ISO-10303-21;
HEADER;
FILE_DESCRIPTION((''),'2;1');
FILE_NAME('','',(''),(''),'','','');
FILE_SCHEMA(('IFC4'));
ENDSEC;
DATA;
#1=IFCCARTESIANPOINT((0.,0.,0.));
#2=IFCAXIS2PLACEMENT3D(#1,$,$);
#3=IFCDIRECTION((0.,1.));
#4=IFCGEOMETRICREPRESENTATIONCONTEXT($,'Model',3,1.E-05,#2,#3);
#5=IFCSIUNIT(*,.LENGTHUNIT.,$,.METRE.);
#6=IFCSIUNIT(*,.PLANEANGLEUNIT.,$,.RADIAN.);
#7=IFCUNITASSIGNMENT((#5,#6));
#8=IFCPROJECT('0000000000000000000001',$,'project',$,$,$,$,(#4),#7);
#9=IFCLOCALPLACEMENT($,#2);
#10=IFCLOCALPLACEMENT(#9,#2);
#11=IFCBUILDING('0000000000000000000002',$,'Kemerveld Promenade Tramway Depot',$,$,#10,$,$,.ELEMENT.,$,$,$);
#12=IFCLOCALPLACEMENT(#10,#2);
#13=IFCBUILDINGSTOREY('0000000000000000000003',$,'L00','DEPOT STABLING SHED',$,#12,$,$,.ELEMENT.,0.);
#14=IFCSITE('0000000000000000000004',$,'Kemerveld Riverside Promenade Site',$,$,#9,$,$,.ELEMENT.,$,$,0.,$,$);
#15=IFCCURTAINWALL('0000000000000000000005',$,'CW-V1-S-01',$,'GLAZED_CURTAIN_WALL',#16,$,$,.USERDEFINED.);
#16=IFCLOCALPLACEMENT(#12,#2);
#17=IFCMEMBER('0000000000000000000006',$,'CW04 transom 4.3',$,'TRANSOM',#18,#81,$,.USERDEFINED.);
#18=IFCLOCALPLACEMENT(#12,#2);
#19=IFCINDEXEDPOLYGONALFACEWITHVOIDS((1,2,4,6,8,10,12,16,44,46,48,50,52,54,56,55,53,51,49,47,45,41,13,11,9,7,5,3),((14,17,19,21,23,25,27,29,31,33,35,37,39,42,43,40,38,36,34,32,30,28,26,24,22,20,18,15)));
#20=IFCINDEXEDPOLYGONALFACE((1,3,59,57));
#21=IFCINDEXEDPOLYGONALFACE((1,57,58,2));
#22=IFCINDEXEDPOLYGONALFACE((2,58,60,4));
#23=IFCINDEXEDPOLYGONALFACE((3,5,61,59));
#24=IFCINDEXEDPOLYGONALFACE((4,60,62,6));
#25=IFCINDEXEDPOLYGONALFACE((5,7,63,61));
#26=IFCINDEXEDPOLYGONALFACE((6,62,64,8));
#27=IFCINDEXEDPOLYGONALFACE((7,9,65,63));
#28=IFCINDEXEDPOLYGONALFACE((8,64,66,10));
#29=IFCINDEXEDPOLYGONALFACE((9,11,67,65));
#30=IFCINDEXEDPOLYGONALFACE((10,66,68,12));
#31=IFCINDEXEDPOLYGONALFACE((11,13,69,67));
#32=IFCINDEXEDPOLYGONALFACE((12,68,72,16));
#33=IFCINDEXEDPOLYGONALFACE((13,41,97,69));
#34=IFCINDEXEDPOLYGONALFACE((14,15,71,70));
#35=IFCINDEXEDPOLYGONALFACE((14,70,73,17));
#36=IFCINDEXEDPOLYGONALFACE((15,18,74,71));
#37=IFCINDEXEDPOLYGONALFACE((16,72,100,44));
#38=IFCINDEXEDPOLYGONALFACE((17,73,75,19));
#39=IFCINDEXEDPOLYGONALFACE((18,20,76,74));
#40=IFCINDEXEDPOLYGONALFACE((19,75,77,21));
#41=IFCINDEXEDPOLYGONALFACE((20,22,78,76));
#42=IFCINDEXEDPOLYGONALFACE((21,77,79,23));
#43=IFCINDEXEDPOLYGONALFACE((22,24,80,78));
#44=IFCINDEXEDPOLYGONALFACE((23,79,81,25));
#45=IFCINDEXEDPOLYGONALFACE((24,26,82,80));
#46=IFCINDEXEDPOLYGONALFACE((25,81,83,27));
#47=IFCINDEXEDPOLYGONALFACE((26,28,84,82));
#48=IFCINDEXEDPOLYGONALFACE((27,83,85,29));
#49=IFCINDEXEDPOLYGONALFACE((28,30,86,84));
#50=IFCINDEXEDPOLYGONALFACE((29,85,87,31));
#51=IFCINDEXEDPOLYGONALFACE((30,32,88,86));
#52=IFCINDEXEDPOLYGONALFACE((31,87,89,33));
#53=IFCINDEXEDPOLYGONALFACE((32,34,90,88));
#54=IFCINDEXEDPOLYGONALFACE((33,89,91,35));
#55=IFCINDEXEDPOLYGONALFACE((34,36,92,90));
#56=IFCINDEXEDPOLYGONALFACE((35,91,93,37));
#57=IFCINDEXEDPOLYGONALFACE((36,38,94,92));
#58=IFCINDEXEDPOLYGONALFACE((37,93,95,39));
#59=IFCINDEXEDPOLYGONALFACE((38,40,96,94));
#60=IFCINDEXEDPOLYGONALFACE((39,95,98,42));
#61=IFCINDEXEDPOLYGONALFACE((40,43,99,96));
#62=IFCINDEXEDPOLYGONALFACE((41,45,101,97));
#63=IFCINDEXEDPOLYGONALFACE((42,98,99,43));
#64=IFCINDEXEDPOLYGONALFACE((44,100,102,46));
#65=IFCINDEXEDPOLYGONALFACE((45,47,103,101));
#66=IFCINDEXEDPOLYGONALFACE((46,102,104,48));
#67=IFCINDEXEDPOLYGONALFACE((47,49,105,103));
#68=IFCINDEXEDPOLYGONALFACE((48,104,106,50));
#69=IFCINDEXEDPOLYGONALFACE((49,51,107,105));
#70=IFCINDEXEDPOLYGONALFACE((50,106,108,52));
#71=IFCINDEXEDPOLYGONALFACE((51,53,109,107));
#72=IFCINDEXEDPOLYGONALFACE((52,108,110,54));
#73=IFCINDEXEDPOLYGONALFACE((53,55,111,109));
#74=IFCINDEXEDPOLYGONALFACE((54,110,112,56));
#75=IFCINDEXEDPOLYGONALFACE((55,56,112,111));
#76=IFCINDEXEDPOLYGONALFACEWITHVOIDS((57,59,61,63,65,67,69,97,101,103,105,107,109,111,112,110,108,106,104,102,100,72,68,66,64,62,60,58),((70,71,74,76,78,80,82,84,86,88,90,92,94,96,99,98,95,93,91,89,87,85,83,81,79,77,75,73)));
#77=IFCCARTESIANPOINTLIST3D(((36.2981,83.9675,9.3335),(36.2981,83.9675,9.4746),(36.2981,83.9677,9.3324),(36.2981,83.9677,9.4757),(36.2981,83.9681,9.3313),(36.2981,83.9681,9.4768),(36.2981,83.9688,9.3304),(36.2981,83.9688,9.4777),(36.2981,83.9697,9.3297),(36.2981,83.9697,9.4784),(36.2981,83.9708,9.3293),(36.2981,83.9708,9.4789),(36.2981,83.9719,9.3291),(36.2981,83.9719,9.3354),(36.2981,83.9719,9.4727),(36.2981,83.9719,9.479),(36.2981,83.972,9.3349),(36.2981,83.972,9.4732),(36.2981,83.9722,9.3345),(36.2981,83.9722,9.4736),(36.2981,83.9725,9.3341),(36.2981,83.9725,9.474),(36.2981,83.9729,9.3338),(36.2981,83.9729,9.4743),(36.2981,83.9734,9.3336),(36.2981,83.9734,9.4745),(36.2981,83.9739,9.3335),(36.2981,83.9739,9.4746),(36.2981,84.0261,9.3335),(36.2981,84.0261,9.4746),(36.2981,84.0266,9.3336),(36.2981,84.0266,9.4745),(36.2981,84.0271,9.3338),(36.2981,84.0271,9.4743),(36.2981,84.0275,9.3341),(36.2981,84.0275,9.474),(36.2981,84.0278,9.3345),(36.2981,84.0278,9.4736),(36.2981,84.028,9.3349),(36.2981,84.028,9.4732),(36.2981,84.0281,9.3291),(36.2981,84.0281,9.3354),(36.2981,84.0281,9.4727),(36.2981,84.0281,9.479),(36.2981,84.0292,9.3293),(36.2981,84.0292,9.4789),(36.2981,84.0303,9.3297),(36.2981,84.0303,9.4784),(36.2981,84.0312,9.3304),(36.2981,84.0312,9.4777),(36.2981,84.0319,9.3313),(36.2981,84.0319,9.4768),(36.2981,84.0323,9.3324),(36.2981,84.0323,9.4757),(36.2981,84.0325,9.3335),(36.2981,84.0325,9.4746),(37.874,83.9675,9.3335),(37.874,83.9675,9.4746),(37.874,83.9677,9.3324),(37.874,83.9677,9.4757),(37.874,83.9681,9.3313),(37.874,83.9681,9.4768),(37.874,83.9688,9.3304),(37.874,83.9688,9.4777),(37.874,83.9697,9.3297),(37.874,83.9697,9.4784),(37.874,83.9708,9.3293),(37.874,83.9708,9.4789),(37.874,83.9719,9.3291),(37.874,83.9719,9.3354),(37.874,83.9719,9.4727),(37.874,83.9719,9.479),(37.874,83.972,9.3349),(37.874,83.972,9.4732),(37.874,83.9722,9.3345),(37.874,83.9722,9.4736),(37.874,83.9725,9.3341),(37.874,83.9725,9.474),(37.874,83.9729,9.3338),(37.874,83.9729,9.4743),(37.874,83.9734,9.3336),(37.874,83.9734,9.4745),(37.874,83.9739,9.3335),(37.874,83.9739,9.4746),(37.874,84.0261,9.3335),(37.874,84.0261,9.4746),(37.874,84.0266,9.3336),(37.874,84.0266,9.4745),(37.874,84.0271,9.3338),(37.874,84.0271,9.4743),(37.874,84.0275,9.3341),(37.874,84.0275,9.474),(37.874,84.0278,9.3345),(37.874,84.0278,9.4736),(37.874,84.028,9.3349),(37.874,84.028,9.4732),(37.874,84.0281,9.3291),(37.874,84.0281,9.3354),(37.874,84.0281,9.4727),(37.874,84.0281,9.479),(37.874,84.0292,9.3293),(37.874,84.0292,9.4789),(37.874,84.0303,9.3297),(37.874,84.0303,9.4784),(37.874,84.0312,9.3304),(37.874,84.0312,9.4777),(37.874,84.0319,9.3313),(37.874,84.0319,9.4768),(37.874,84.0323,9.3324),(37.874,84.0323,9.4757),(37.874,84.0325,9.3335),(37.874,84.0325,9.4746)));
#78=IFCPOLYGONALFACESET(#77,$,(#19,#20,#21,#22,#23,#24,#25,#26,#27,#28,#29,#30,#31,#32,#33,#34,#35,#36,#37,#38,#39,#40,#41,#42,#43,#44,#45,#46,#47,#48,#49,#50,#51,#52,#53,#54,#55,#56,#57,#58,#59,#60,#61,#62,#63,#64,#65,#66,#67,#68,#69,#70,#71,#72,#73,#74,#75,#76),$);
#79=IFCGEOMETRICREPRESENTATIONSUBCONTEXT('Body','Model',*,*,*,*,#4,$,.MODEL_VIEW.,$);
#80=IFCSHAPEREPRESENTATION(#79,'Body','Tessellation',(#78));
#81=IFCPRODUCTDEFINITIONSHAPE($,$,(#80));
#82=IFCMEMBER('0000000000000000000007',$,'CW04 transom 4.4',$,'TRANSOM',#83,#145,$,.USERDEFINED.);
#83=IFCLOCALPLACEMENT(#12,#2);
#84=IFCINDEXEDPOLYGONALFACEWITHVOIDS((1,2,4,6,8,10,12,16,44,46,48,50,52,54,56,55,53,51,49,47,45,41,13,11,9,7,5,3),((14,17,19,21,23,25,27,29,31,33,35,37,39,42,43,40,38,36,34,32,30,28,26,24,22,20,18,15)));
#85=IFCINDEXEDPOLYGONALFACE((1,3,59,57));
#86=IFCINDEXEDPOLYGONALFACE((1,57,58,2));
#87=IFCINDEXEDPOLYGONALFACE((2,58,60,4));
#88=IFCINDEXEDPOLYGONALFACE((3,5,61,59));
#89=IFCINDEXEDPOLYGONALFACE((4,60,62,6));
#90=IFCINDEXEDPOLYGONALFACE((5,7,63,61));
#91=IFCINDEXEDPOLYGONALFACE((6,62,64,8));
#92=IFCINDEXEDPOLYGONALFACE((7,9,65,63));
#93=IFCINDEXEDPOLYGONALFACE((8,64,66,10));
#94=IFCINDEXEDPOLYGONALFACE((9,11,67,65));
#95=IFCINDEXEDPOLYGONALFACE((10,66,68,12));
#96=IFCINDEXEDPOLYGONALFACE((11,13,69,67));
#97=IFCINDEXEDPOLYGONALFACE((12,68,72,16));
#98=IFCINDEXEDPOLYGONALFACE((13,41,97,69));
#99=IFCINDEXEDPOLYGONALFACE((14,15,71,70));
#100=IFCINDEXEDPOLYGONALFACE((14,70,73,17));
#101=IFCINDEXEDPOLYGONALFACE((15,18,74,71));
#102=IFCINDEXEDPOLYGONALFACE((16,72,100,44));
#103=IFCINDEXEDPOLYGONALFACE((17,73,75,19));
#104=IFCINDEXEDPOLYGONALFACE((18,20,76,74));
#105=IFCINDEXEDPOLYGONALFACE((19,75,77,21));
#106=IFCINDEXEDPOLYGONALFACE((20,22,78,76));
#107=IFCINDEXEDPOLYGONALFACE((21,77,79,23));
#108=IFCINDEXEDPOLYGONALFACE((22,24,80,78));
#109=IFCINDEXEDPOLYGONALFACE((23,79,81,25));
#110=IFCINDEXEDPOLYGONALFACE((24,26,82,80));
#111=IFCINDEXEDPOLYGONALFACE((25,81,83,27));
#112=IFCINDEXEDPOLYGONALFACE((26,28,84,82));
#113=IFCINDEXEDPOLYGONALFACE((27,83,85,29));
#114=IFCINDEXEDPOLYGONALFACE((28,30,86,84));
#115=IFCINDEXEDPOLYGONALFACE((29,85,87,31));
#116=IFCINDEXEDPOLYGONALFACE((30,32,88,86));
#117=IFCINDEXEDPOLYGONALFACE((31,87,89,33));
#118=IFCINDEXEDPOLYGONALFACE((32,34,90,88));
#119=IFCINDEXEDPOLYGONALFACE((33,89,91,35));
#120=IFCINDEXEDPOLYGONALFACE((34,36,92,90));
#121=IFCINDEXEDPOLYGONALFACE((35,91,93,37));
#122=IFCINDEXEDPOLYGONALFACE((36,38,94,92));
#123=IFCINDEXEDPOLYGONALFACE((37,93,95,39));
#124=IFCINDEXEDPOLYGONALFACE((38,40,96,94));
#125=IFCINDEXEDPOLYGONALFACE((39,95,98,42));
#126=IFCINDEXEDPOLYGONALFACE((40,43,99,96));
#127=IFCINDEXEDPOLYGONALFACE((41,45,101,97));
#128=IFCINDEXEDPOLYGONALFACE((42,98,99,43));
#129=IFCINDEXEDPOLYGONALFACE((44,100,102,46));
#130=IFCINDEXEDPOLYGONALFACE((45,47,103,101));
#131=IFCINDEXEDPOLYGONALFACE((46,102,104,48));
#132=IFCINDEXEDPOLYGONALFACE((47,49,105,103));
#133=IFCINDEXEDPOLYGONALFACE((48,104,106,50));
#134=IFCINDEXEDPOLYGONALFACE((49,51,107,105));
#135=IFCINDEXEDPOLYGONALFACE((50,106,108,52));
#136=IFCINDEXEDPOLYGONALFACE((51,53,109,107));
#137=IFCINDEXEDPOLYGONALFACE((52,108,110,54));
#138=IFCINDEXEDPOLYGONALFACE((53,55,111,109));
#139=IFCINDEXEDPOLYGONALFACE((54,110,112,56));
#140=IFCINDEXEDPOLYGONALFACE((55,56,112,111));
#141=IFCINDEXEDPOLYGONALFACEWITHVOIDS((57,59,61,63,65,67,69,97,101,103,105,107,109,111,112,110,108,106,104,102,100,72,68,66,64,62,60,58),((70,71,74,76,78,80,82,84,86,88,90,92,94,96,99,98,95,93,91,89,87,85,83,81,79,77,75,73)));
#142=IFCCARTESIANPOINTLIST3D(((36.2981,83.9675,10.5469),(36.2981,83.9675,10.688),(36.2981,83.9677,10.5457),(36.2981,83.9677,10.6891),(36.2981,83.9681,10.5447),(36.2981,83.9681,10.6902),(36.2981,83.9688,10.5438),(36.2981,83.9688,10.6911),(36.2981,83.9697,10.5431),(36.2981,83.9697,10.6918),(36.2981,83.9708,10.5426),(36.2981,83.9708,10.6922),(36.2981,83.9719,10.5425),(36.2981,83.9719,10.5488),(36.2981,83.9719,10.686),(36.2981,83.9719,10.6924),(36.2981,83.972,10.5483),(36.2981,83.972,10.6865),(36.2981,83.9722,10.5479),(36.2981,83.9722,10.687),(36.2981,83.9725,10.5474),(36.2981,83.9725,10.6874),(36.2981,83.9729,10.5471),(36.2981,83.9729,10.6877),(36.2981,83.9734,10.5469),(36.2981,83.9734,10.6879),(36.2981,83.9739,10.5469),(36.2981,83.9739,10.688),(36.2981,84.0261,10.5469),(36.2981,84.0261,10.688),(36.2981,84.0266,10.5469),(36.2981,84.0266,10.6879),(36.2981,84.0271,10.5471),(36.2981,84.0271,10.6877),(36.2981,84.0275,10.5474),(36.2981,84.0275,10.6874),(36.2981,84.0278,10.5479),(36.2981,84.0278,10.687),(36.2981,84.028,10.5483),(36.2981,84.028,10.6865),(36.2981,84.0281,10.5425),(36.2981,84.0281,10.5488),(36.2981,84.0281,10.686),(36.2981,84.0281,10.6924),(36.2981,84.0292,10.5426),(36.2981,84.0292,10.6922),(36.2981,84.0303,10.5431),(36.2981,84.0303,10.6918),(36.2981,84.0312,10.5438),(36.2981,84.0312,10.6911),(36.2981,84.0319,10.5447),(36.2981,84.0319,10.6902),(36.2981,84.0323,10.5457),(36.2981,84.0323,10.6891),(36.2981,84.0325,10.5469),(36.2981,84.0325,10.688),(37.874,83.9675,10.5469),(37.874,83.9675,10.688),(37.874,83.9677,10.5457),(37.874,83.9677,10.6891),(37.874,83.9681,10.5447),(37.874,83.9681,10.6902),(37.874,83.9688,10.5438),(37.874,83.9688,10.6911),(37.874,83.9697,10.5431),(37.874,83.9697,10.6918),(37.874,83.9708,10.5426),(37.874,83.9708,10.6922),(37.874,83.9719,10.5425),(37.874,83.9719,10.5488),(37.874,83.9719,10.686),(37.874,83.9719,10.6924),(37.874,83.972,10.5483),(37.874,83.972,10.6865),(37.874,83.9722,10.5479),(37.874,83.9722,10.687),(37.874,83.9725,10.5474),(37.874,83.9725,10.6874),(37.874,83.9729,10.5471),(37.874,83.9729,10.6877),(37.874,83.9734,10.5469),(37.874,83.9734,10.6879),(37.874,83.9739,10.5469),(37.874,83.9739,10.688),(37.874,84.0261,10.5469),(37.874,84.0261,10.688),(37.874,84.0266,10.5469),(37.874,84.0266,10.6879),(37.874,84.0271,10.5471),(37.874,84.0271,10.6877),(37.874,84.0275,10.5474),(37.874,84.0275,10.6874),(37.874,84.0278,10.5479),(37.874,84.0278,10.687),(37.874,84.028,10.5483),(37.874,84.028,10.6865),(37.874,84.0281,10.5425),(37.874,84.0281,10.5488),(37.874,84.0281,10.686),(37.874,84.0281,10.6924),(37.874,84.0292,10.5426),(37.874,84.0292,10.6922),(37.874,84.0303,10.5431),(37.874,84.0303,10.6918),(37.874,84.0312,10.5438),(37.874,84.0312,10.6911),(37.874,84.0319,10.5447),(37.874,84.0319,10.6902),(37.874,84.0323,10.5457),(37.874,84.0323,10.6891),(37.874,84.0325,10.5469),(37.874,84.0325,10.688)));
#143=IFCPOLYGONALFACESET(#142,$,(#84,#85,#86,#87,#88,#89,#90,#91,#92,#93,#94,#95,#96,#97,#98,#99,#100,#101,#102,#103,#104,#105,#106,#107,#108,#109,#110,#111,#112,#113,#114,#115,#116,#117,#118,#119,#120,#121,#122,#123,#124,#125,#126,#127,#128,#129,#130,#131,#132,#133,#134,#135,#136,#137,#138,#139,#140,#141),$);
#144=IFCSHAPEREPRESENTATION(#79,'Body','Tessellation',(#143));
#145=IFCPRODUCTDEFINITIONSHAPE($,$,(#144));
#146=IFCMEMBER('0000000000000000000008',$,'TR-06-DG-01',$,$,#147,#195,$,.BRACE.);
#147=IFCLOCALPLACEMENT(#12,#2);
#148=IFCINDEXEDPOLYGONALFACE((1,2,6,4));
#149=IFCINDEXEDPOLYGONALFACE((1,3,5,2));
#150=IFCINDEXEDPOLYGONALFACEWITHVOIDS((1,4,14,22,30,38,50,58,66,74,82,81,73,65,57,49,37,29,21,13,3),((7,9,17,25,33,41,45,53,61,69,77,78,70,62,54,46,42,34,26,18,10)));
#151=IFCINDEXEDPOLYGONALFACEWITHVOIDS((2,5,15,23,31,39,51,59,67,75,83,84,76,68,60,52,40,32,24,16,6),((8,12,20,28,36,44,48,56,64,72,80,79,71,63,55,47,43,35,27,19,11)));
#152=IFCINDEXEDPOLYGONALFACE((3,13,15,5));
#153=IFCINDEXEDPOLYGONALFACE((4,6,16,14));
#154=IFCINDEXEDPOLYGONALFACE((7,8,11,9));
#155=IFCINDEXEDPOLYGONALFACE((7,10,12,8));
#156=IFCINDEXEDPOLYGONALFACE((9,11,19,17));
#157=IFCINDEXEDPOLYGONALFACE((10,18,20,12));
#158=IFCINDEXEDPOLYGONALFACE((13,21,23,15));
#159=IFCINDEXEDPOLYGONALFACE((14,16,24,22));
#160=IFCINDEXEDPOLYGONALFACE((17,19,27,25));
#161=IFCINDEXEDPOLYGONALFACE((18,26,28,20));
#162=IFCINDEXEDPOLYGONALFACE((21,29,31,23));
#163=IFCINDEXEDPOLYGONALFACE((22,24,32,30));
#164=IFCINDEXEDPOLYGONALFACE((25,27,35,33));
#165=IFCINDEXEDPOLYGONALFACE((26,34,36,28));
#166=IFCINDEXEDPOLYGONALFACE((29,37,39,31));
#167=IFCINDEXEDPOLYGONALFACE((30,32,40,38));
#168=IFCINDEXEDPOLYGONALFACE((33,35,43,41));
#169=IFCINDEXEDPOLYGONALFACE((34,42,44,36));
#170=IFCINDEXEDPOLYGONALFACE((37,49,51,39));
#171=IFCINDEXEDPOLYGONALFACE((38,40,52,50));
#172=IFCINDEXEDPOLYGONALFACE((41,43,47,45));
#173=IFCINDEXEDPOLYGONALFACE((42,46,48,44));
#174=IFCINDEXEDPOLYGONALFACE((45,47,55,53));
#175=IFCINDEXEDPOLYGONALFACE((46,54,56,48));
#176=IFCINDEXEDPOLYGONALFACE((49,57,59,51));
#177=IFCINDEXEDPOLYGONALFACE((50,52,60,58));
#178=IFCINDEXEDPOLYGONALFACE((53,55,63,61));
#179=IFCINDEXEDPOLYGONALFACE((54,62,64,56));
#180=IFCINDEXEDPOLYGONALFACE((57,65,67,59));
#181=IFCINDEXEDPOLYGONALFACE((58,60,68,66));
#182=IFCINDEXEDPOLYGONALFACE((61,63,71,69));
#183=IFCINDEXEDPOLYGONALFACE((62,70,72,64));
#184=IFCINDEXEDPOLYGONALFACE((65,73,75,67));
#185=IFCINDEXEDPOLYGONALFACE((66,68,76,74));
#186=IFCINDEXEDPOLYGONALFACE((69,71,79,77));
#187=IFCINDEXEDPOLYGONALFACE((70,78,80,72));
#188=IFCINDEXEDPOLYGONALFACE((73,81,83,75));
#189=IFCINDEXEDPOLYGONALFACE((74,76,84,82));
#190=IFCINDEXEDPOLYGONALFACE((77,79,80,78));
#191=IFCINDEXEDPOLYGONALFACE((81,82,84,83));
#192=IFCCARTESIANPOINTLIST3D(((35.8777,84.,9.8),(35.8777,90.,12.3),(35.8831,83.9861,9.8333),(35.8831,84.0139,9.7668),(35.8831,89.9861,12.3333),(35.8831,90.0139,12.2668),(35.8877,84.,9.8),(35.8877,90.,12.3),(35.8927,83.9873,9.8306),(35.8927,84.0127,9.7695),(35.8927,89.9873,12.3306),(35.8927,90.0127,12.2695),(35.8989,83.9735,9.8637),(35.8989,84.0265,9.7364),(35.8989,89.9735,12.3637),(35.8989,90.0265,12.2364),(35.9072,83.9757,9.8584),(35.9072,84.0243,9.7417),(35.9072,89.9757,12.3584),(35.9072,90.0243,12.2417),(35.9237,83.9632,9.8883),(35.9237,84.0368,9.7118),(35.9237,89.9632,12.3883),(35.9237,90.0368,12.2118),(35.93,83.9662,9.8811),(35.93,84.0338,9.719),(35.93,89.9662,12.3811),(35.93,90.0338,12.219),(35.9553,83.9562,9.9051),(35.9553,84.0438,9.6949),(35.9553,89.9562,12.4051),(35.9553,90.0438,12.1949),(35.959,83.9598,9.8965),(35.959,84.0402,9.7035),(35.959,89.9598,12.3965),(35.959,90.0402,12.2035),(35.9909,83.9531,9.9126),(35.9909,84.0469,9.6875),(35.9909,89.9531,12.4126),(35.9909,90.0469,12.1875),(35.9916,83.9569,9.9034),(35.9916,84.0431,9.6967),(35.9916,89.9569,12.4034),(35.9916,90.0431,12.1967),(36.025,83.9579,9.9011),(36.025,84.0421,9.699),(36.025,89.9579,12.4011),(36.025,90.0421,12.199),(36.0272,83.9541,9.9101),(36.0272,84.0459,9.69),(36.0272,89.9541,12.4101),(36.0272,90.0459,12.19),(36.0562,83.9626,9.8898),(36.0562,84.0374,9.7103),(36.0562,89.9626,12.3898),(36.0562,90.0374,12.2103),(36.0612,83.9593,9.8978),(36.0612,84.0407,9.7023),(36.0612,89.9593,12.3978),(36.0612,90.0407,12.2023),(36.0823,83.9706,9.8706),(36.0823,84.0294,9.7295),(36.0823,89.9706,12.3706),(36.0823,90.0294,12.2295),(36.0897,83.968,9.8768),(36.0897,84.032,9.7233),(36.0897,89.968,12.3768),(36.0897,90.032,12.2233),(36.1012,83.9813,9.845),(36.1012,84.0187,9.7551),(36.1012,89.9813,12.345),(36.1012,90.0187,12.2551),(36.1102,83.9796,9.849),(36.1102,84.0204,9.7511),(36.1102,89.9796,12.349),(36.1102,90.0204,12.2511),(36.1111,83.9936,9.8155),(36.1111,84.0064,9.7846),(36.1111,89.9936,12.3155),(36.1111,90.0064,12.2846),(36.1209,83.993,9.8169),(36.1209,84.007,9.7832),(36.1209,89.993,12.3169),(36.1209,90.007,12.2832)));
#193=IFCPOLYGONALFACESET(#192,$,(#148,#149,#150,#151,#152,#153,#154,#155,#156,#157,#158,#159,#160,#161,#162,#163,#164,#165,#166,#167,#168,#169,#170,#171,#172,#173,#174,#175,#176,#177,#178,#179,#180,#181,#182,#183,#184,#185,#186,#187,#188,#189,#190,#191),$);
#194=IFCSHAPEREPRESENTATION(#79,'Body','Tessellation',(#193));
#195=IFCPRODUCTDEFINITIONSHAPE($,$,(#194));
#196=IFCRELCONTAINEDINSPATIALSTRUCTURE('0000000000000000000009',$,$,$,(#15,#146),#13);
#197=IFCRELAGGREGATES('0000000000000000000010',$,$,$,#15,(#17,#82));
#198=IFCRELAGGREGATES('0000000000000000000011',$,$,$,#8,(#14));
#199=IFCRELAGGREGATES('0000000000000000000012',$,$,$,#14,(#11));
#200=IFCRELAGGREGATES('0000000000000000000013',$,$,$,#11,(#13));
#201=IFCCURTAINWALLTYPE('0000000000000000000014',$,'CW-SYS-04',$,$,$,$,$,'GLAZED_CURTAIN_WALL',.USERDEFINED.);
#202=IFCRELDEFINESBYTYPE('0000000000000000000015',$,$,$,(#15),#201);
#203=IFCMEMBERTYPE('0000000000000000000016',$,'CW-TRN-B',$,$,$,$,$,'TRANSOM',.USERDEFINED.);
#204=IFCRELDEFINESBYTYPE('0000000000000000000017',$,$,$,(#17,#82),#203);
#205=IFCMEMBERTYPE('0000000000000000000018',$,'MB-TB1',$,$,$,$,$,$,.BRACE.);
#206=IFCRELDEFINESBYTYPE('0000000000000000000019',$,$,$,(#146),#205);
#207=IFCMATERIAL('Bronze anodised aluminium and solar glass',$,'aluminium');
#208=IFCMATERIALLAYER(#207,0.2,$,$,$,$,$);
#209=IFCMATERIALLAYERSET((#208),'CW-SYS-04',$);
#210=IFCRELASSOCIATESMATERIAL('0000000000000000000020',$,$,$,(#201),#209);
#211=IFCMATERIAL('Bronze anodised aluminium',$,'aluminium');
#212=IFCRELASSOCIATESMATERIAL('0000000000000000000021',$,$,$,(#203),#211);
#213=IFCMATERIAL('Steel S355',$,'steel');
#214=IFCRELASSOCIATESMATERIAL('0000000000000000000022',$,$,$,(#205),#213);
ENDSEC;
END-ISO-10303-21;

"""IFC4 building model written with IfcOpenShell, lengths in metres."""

from ifc_helpers import new_model, si_unit, direction, frame, origin, origin_2d, place, context, subcontext, project, spatial, hollow_rectangle, hollow_circle, extrude, material, layer, layer_set, material_profile, profile_set, type_object, element, aggregate, save


model = new_model("IFC4")

# Units and contexts
model_context = context("Model", 3, precision=1e-05, world=origin(), true_north=direction((0.0, 1.0)))
body_context = subcontext(model_context, "Body", "Model", "MODEL_VIEW")
ifc_project = project(units=[si_unit("LENGTHUNIT", "METRE"), si_unit("PLANEANGLEUNIT", "RADIAN")], contexts=[model_context])

# Site, building, storey
site_placement = place(None, origin())
site = spatial("IfcSite", under=ifc_project, at=site_placement, Name="Kemerveld Riverside Promenade Site", CompositionType="ELEMENT", RefElevation=0.0)
building_placement = place(site_placement, origin())
building = spatial("IfcBuilding", under=site, at=building_placement, Name="Kemerveld Promenade Tramway Depot", CompositionType="ELEMENT")
storey_placement = place(building_placement, origin())
storey = spatial("IfcBuildingStorey", under=building, at=storey_placement, Name="L00", Description="DEPOT STABLING SHED", CompositionType="ELEMENT", Elevation=0.0)

# Shared definitions
ifc_material_1 = material(Name="Steel S355", Category="steel")

# Shared definitions
ifc_material_2 = material(Name="Bronze anodised aluminium and solar glass", Category="aluminium")
ifc_material_3 = material(Name="Bronze anodised aluminium", Category="aluminium")

# Curtain wall
ifc_layer_1 = layer(ifc_material_2, 0.2)
ifc_layer_set_1 = layer_set([ifc_layer_1], Name="CW-SYS-04")
curtain_wall_type_1 = type_object("IfcCurtainWallType", Name="CW-SYS-04", ElementType="GLAZED_CURTAIN_WALL", PredefinedType="USERDEFINED", material=ifc_layer_set_1)
curtain_wall_1_placement = place(storey_placement, origin())
curtain_wall_1 = element("IfcCurtainWall", 1, at=curtain_wall_1_placement, inside=storey, type_object=curtain_wall_type_1, Name="CW-V1-S-01", ObjectType="GLAZED_CURTAIN_WALL", PredefinedType="USERDEFINED")

# Members
ifc_material_profile_1 = material_profile(ifc_material_3, hollow_rectangle(XDim=0.0649, YDim=0.1499, WallThickness=0.0044, InnerFilletRadius=0.002, OuterFilletRadius=0.0044, at=origin_2d()), Name="CW-TRN-150x65")
ifc_profile_set_1 = profile_set([ifc_material_profile_1], Name="Bronze anodised aluminium")
member_type_1 = type_object("IfcMemberType", Name="CW-TRN-B", ElementType="TRANSOM", PredefinedType="USERDEFINED", material=ifc_profile_set_1)
member_1_placement = place(storey_placement, frame((37.874, 84.0, 9.4041), z_axis=(-1.0, 0.0, 0.0), x_axis=(0.0, -1.0, 0.0)))
member_1 = element("IfcMember", 2, at=member_1_placement, type_object=member_type_1, Name="CW04 transom 4.3", ObjectType="TRANSOM", PredefinedType="USERDEFINED", context=body_context, shape_type="SweptSolid", body=[
    extrude(hollow_rectangle(XDim=0.0649, YDim=0.1499, WallThickness=0.0044, InnerFilletRadius=0.002, OuterFilletRadius=0.0044, at=origin_2d()), origin(), (0.0, 0.0, 1.0), 1.5759),
])
member_2_placement = place(storey_placement, frame((37.874, 84.0, 10.6174), z_axis=(-1.0, 0.0, 0.0), x_axis=(0.0, -1.0, 0.0)))
member_2 = element("IfcMember", 3, at=member_2_placement, type_object=member_type_1, Name="CW04 transom 4.4", ObjectType="TRANSOM", PredefinedType="USERDEFINED", context=body_context, shape_type="SweptSolid", body=[
    extrude(hollow_rectangle(XDim=0.0649, YDim=0.1499, WallThickness=0.0044, InnerFilletRadius=0.002, OuterFilletRadius=0.0044, at=origin_2d()), origin(), (0.0, 0.0, 1.0), 1.5759),
])

# Member
ifc_material_profile_2 = material_profile(ifc_material_1, hollow_circle(Radius=0.1223, WallThickness=0.01, at=origin_2d()), Name="244.5x10.0 CHS")
ifc_profile_set_2 = profile_set([ifc_material_profile_2], Name="Steel S355")
member_type_2 = type_object("IfcMemberType", Name="MB-TB1", PredefinedType="BRACE", material=ifc_profile_set_2)
member_3_placement = place(storey_placement, frame((36.0, 84.0, 9.8), z_axis=(0.0, 0.923077, 0.384615), x_axis=(-1.0, 0.0, 0.0)))
element("IfcMember", 4, at=member_3_placement, inside=storey, type_object=member_type_2, Name="TR-06-DG-01", PredefinedType="BRACE", context=body_context, shape_type="SweptSolid", body=[
    extrude(hollow_circle(Radius=0.1223, WallThickness=0.01, at=origin_2d()), origin(), (0.0, 0.0, 1.0), 6.5),
])

aggregate(curtain_wall_1, [member_1, member_2])

save(model, "model.ifc")
